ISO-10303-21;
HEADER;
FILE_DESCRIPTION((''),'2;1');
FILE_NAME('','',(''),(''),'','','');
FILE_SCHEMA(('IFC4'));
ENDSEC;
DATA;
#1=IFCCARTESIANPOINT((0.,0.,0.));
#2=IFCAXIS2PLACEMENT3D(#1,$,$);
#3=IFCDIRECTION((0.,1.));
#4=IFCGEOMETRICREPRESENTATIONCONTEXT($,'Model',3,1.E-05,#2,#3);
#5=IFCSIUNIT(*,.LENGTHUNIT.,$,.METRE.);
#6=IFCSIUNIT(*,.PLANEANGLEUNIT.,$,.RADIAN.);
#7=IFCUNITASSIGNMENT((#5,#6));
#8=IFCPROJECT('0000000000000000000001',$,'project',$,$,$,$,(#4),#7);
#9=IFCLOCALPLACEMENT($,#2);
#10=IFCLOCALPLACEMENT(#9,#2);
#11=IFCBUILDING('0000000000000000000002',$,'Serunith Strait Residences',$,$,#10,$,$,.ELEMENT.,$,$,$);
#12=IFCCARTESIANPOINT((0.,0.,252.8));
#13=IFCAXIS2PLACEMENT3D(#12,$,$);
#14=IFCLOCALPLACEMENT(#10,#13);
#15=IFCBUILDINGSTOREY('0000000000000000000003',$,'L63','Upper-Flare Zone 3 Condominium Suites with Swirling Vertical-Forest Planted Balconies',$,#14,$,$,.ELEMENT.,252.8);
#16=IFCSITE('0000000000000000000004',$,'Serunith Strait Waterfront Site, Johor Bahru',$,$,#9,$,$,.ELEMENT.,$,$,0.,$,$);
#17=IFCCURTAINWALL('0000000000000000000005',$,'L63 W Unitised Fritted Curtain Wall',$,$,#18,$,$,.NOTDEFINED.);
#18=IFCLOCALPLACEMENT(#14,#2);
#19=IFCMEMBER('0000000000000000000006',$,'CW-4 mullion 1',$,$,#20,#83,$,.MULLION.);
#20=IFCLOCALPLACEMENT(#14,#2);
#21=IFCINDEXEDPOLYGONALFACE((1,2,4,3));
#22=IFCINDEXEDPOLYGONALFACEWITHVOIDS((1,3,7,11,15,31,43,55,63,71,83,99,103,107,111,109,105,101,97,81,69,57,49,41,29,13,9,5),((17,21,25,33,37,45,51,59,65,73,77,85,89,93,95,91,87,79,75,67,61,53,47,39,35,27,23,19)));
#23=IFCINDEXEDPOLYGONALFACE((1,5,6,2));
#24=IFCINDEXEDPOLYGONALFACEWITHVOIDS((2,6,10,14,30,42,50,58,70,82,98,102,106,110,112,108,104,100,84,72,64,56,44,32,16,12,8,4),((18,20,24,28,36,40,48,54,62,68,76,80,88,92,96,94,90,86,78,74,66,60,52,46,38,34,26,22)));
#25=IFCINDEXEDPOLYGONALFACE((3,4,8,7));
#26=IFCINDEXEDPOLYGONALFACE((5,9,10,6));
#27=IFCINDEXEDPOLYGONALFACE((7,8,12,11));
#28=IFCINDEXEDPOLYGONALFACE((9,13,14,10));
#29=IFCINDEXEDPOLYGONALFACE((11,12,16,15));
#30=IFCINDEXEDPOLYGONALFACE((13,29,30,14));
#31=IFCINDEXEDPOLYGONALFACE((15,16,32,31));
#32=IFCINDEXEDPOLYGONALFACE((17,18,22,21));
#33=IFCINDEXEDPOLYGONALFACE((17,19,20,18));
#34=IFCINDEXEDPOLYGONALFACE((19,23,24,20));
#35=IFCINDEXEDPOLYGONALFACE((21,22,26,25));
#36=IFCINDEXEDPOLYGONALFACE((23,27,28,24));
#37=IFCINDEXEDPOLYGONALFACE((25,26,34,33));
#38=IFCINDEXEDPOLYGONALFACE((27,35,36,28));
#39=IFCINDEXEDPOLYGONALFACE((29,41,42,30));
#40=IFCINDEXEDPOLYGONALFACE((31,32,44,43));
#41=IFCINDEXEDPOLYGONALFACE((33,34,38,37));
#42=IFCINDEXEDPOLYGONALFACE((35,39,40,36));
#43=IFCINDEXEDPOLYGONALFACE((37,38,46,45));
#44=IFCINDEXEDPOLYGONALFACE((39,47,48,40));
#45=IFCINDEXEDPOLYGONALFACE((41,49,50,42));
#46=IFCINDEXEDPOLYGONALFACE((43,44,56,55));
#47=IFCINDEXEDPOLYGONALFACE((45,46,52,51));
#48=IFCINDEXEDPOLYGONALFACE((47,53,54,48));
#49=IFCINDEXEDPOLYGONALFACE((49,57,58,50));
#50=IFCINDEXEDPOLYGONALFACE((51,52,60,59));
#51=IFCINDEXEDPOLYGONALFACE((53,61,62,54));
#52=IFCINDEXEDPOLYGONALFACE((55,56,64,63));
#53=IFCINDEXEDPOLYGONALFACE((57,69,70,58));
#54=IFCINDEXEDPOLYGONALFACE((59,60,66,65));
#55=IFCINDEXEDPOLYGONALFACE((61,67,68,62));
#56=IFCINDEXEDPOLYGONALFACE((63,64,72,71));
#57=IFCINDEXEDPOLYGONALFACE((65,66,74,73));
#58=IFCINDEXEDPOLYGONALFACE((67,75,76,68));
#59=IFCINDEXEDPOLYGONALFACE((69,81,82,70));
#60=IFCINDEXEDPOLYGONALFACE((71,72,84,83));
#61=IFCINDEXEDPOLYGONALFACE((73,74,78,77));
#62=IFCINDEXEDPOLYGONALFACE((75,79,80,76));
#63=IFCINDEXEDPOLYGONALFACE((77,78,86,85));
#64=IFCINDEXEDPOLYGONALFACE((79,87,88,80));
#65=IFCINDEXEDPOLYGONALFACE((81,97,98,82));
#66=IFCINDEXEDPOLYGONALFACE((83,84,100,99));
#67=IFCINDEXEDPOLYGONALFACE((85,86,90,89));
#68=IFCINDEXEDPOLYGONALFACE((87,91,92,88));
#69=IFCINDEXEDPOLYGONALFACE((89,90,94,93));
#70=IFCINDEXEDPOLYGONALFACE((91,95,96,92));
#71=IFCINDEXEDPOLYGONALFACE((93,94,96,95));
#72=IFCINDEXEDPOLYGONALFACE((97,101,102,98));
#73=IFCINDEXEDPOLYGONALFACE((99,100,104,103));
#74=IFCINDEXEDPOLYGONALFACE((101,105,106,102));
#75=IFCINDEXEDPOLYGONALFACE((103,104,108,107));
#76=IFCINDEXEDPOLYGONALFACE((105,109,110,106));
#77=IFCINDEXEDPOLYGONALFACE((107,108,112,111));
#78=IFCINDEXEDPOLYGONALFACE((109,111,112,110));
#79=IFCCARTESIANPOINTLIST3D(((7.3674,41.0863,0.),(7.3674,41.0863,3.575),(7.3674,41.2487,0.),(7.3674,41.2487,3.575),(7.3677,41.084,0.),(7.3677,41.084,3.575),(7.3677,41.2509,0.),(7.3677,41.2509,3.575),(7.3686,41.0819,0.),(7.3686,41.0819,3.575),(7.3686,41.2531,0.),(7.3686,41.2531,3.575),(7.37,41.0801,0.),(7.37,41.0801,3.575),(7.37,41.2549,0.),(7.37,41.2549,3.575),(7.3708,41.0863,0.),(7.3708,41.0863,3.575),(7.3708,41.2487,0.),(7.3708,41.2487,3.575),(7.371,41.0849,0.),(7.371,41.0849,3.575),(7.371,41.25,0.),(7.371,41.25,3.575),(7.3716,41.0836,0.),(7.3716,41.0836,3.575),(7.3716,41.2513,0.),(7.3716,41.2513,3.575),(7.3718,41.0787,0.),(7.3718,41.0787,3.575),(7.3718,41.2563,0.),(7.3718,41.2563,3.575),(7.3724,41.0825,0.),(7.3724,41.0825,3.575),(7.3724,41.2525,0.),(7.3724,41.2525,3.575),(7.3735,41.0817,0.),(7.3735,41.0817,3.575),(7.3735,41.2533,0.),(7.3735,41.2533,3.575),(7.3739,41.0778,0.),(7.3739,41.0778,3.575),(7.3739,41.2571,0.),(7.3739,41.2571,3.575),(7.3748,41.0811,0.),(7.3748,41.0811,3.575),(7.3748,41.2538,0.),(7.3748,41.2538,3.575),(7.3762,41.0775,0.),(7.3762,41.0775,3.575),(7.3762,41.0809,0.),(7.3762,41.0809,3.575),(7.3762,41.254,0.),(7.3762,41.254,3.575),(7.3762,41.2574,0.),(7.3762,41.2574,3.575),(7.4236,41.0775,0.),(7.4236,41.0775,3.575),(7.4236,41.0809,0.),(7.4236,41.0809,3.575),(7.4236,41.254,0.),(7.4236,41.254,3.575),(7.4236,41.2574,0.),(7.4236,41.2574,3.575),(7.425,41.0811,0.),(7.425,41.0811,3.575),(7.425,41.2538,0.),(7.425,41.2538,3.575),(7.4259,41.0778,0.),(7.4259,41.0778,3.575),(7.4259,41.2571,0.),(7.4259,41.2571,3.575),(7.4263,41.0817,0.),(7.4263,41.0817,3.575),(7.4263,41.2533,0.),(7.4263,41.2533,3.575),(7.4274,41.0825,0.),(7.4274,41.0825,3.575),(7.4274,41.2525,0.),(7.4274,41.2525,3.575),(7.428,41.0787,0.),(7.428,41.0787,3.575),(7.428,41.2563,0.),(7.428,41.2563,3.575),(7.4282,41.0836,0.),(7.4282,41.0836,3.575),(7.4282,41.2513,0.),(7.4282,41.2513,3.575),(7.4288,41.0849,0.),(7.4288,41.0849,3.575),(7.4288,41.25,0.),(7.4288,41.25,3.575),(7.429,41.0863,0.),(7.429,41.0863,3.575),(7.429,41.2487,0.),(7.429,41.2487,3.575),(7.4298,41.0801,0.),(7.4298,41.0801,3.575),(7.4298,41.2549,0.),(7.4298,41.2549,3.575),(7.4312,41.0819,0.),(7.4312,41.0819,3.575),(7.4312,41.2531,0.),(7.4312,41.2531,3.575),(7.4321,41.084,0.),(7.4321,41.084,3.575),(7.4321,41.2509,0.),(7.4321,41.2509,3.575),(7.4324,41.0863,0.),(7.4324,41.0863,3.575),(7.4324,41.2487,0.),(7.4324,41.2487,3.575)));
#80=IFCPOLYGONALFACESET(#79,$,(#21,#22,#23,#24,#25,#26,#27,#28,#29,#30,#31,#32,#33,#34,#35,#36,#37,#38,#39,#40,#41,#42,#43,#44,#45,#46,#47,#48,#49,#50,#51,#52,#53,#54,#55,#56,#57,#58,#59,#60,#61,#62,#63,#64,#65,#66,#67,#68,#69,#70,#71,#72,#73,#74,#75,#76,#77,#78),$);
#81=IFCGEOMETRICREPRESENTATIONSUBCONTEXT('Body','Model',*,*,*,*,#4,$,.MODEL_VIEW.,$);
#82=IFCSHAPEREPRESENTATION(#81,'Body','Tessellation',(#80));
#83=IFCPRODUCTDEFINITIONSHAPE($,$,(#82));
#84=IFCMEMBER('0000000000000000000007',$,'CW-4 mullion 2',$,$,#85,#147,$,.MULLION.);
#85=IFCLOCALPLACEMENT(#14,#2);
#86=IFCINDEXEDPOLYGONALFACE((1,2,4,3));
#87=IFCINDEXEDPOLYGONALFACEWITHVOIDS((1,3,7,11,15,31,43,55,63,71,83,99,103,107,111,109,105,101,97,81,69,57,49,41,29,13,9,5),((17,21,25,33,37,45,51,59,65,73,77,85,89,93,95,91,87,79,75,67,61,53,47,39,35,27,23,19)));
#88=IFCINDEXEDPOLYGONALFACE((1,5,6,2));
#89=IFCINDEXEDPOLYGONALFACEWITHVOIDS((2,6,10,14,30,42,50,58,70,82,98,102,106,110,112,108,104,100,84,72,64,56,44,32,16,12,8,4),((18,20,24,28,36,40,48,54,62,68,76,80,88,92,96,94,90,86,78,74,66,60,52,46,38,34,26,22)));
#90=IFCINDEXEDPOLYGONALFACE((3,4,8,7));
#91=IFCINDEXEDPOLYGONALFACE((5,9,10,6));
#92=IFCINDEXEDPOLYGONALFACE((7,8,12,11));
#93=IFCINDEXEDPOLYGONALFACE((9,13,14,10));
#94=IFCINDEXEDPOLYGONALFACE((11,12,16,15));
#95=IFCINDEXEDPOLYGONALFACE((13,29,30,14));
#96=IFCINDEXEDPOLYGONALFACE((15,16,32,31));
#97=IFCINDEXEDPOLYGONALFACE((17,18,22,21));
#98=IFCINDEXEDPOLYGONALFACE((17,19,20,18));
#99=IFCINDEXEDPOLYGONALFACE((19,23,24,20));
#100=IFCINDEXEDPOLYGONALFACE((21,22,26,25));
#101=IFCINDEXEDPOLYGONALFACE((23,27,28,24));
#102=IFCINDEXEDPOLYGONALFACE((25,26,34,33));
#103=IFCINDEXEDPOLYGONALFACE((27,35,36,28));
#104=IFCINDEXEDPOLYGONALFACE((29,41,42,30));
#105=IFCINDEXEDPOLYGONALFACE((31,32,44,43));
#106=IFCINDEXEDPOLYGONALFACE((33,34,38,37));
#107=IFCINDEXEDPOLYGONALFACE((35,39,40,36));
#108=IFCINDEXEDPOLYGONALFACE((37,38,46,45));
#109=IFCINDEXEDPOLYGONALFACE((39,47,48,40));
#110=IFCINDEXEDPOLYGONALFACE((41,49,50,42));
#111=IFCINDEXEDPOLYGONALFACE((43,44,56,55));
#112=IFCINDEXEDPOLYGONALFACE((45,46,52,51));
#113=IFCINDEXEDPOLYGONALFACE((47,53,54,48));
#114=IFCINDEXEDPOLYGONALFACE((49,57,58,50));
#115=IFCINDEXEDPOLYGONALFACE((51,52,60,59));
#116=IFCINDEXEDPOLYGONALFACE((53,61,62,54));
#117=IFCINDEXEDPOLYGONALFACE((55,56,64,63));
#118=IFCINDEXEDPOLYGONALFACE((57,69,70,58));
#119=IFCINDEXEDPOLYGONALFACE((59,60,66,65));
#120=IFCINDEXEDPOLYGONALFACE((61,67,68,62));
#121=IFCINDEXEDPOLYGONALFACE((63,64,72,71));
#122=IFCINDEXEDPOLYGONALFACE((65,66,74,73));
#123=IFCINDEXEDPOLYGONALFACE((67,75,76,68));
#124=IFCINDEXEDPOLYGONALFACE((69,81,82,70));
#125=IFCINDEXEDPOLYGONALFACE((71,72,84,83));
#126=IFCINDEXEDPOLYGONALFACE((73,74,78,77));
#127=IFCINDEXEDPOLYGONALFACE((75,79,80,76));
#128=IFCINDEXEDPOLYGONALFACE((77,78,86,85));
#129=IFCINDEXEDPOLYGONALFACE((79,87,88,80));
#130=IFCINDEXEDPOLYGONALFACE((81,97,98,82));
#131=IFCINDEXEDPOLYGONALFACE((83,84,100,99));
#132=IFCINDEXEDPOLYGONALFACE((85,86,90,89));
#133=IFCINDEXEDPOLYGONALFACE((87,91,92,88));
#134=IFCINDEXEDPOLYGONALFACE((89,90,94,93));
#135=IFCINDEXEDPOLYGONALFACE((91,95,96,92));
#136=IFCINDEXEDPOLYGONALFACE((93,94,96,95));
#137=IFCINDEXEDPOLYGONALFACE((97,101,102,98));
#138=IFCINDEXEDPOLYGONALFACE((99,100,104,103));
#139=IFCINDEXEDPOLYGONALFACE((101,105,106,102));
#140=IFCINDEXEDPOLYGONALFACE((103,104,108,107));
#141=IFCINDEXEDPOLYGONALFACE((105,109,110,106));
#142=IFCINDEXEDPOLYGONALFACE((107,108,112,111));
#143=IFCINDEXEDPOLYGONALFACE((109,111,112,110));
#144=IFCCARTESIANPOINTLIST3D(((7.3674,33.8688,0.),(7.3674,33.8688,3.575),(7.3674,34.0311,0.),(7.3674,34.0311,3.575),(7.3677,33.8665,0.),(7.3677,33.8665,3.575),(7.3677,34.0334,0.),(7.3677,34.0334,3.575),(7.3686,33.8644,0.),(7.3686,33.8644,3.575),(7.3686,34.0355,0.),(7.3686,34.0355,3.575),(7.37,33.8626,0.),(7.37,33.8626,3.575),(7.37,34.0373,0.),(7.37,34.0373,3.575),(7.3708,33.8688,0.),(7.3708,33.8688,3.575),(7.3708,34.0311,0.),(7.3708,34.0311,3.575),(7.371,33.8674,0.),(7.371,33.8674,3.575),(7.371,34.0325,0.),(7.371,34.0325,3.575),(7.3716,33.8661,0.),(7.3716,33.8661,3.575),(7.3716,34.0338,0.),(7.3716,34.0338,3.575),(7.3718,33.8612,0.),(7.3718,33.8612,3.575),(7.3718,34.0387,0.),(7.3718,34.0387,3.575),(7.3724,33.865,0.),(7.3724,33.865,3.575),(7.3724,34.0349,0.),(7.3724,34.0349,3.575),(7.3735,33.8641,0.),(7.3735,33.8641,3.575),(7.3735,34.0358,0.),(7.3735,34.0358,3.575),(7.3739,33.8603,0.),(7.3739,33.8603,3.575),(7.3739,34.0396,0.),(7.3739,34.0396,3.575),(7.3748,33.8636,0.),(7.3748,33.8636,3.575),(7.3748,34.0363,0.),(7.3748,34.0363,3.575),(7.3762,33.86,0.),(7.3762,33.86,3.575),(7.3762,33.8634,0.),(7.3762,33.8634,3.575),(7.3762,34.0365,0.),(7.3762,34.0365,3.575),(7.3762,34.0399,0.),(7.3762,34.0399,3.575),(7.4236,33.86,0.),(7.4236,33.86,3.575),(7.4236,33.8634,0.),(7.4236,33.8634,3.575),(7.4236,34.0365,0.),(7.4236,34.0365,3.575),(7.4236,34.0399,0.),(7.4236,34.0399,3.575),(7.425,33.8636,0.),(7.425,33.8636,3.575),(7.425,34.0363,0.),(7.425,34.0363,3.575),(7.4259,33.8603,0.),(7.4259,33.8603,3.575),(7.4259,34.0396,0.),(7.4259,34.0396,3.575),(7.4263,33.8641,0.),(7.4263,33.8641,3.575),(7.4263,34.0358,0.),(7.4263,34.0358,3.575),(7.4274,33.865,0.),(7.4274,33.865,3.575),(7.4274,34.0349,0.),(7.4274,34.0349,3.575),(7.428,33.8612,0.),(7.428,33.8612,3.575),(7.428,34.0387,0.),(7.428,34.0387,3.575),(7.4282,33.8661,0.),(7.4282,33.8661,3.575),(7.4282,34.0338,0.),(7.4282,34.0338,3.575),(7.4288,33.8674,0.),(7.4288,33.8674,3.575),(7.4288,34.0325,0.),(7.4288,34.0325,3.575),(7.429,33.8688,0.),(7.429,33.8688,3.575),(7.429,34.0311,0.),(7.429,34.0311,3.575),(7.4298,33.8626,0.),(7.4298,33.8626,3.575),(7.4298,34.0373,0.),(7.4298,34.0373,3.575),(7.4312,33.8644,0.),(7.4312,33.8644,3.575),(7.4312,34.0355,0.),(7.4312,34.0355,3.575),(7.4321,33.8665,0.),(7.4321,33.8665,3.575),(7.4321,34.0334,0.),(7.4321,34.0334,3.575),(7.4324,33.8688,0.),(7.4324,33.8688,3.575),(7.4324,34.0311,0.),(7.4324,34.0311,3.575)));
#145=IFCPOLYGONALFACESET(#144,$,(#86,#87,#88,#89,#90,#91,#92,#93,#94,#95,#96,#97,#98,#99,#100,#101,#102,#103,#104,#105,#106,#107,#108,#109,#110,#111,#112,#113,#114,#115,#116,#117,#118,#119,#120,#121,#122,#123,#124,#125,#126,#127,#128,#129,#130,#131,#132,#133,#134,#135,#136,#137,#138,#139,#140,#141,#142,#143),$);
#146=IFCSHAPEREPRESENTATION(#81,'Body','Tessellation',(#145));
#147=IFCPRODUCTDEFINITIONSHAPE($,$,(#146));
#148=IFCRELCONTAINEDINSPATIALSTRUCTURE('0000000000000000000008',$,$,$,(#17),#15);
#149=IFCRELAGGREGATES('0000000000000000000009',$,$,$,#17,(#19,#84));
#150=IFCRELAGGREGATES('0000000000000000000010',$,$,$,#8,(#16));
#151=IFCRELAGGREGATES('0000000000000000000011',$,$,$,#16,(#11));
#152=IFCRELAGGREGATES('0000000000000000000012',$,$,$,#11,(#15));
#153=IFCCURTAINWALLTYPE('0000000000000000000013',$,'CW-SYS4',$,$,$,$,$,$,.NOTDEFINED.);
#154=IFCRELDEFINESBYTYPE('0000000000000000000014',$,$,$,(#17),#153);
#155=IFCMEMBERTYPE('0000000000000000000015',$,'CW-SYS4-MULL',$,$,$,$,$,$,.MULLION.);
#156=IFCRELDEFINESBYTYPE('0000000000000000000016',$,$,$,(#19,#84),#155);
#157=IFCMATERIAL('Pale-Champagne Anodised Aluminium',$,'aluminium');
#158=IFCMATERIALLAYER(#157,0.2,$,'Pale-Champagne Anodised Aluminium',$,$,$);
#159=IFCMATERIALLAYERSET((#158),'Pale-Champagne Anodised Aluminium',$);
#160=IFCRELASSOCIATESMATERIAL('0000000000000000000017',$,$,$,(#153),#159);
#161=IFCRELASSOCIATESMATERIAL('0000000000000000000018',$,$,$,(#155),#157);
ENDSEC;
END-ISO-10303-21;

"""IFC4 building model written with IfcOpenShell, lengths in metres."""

from ifc_helpers import new_model, si_unit, direction, frame, origin, origin_2d, place, context, subcontext, project, spatial, hollow_rectangle, extrude, source, transform, mapped, material, layer, layer_set, material_profile, profile_set, type_object, element, aggregate, save


model = new_model("IFC4")

# Units and contexts
model_context = context("Model", 3, precision=1e-05, world=origin(), true_north=direction((0.0, 1.0)))
body_context = subcontext(model_context, "Body", "Model", "MODEL_VIEW")
ifc_project = project(units=[si_unit("LENGTHUNIT", "METRE"), si_unit("PLANEANGLEUNIT", "RADIAN")], contexts=[model_context])

# Site, building, storey
site_placement = place(None, origin())
site = spatial("IfcSite", under=ifc_project, at=site_placement, Name="Serunith Strait Waterfront Site, Johor Bahru", CompositionType="ELEMENT", RefElevation=0.0)
building_placement = place(site_placement, origin())
building = spatial("IfcBuilding", under=site, at=building_placement, Name="Serunith Strait Residences", CompositionType="ELEMENT")
storey_placement = place(building_placement, frame((0.0, 0.0, 252.8)))
storey = spatial("IfcBuildingStorey", under=building, at=storey_placement, Name="L63", Description="Upper-Flare Zone 3 Condominium Suites with Swirling Vertical-Forest Planted Balconies", CompositionType="ELEMENT", Elevation=252.8)

# Shared definitions
ifc_material_1 = material(Name="Pale-Champagne Anodised Aluminium", Category="aluminium")
ifc_layer_1 = layer(ifc_material_1, 0.2, Name="Pale-Champagne Anodised Aluminium")
ifc_layer_set_1 = layer_set([ifc_layer_1], Name="Pale-Champagne Anodised Aluminium")
curtain_wall_type = type_object("IfcCurtainWallType", Name="CW-SYS4", PredefinedType="NOTDEFINED", material=ifc_layer_set_1)
ifc_material_profile_1 = material_profile(ifc_material_1, hollow_rectangle(XDim=0.0649, YDim=0.1799, WallThickness=0.0034, InnerFilletRadius=0.0054, OuterFilletRadius=0.0088, at=origin_2d()), Name="ALU 180x65x3.5")
ifc_profile_set_1 = profile_set([ifc_material_profile_1], Name="Pale-Champagne Anodised Aluminium")
member_type_1 = type_object("IfcMemberType", Name="CW-SYS4-MULL", PredefinedType="MULLION", material=ifc_profile_set_1)
shared_shape_1 = source(origin(), body_context, "Body", "SweptSolid", [
    extrude(hollow_rectangle(XDim=0.0649, YDim=0.1799, WallThickness=0.0034, InnerFilletRadius=0.0054, OuterFilletRadius=0.0088, at=origin_2d()), origin(), (0.0, 0.0, 1.0), 3.575),
])

# Curtain wall, members
curtain_wall_1_placement = place(storey_placement, origin())
curtain_wall_1 = element("IfcCurtainWall", 1, at=curtain_wall_1_placement, inside=storey, type_object=curtain_wall_type, Name="L63 W Unitised Fritted Curtain Wall", PredefinedType="NOTDEFINED")
member_1_placement = place(storey_placement, frame((7.3999, 41.1675, 0.0), z_axis=(0.0, 0.0, 1.0), x_axis=(1.0, 0.0, 0.0)))
member_1 = element("IfcMember", 2, at=member_1_placement, type_object=member_type_1, Name="CW-4 mullion 1", PredefinedType="MULLION", context=body_context, shape_type="MappedRepresentation", body=[
    mapped(shared_shape_1, transform((0.0, 0.0, 0.0), scale=1.0)),
])
member_2_placement = place(storey_placement, frame((7.3999, 33.95, 0.0), z_axis=(0.0, 0.0, 1.0), x_axis=(1.0, 0.0, 0.0)))
member_2 = element("IfcMember", 3, at=member_2_placement, type_object=member_type_1, Name="CW-4 mullion 2", PredefinedType="MULLION", context=body_context, shape_type="MappedRepresentation", body=[
    mapped(shared_shape_1, transform((0.0, 0.0, 0.0), scale=1.0)),
])
aggregate(curtain_wall_1, [member_1, member_2])

save(model, "model.ifc")
